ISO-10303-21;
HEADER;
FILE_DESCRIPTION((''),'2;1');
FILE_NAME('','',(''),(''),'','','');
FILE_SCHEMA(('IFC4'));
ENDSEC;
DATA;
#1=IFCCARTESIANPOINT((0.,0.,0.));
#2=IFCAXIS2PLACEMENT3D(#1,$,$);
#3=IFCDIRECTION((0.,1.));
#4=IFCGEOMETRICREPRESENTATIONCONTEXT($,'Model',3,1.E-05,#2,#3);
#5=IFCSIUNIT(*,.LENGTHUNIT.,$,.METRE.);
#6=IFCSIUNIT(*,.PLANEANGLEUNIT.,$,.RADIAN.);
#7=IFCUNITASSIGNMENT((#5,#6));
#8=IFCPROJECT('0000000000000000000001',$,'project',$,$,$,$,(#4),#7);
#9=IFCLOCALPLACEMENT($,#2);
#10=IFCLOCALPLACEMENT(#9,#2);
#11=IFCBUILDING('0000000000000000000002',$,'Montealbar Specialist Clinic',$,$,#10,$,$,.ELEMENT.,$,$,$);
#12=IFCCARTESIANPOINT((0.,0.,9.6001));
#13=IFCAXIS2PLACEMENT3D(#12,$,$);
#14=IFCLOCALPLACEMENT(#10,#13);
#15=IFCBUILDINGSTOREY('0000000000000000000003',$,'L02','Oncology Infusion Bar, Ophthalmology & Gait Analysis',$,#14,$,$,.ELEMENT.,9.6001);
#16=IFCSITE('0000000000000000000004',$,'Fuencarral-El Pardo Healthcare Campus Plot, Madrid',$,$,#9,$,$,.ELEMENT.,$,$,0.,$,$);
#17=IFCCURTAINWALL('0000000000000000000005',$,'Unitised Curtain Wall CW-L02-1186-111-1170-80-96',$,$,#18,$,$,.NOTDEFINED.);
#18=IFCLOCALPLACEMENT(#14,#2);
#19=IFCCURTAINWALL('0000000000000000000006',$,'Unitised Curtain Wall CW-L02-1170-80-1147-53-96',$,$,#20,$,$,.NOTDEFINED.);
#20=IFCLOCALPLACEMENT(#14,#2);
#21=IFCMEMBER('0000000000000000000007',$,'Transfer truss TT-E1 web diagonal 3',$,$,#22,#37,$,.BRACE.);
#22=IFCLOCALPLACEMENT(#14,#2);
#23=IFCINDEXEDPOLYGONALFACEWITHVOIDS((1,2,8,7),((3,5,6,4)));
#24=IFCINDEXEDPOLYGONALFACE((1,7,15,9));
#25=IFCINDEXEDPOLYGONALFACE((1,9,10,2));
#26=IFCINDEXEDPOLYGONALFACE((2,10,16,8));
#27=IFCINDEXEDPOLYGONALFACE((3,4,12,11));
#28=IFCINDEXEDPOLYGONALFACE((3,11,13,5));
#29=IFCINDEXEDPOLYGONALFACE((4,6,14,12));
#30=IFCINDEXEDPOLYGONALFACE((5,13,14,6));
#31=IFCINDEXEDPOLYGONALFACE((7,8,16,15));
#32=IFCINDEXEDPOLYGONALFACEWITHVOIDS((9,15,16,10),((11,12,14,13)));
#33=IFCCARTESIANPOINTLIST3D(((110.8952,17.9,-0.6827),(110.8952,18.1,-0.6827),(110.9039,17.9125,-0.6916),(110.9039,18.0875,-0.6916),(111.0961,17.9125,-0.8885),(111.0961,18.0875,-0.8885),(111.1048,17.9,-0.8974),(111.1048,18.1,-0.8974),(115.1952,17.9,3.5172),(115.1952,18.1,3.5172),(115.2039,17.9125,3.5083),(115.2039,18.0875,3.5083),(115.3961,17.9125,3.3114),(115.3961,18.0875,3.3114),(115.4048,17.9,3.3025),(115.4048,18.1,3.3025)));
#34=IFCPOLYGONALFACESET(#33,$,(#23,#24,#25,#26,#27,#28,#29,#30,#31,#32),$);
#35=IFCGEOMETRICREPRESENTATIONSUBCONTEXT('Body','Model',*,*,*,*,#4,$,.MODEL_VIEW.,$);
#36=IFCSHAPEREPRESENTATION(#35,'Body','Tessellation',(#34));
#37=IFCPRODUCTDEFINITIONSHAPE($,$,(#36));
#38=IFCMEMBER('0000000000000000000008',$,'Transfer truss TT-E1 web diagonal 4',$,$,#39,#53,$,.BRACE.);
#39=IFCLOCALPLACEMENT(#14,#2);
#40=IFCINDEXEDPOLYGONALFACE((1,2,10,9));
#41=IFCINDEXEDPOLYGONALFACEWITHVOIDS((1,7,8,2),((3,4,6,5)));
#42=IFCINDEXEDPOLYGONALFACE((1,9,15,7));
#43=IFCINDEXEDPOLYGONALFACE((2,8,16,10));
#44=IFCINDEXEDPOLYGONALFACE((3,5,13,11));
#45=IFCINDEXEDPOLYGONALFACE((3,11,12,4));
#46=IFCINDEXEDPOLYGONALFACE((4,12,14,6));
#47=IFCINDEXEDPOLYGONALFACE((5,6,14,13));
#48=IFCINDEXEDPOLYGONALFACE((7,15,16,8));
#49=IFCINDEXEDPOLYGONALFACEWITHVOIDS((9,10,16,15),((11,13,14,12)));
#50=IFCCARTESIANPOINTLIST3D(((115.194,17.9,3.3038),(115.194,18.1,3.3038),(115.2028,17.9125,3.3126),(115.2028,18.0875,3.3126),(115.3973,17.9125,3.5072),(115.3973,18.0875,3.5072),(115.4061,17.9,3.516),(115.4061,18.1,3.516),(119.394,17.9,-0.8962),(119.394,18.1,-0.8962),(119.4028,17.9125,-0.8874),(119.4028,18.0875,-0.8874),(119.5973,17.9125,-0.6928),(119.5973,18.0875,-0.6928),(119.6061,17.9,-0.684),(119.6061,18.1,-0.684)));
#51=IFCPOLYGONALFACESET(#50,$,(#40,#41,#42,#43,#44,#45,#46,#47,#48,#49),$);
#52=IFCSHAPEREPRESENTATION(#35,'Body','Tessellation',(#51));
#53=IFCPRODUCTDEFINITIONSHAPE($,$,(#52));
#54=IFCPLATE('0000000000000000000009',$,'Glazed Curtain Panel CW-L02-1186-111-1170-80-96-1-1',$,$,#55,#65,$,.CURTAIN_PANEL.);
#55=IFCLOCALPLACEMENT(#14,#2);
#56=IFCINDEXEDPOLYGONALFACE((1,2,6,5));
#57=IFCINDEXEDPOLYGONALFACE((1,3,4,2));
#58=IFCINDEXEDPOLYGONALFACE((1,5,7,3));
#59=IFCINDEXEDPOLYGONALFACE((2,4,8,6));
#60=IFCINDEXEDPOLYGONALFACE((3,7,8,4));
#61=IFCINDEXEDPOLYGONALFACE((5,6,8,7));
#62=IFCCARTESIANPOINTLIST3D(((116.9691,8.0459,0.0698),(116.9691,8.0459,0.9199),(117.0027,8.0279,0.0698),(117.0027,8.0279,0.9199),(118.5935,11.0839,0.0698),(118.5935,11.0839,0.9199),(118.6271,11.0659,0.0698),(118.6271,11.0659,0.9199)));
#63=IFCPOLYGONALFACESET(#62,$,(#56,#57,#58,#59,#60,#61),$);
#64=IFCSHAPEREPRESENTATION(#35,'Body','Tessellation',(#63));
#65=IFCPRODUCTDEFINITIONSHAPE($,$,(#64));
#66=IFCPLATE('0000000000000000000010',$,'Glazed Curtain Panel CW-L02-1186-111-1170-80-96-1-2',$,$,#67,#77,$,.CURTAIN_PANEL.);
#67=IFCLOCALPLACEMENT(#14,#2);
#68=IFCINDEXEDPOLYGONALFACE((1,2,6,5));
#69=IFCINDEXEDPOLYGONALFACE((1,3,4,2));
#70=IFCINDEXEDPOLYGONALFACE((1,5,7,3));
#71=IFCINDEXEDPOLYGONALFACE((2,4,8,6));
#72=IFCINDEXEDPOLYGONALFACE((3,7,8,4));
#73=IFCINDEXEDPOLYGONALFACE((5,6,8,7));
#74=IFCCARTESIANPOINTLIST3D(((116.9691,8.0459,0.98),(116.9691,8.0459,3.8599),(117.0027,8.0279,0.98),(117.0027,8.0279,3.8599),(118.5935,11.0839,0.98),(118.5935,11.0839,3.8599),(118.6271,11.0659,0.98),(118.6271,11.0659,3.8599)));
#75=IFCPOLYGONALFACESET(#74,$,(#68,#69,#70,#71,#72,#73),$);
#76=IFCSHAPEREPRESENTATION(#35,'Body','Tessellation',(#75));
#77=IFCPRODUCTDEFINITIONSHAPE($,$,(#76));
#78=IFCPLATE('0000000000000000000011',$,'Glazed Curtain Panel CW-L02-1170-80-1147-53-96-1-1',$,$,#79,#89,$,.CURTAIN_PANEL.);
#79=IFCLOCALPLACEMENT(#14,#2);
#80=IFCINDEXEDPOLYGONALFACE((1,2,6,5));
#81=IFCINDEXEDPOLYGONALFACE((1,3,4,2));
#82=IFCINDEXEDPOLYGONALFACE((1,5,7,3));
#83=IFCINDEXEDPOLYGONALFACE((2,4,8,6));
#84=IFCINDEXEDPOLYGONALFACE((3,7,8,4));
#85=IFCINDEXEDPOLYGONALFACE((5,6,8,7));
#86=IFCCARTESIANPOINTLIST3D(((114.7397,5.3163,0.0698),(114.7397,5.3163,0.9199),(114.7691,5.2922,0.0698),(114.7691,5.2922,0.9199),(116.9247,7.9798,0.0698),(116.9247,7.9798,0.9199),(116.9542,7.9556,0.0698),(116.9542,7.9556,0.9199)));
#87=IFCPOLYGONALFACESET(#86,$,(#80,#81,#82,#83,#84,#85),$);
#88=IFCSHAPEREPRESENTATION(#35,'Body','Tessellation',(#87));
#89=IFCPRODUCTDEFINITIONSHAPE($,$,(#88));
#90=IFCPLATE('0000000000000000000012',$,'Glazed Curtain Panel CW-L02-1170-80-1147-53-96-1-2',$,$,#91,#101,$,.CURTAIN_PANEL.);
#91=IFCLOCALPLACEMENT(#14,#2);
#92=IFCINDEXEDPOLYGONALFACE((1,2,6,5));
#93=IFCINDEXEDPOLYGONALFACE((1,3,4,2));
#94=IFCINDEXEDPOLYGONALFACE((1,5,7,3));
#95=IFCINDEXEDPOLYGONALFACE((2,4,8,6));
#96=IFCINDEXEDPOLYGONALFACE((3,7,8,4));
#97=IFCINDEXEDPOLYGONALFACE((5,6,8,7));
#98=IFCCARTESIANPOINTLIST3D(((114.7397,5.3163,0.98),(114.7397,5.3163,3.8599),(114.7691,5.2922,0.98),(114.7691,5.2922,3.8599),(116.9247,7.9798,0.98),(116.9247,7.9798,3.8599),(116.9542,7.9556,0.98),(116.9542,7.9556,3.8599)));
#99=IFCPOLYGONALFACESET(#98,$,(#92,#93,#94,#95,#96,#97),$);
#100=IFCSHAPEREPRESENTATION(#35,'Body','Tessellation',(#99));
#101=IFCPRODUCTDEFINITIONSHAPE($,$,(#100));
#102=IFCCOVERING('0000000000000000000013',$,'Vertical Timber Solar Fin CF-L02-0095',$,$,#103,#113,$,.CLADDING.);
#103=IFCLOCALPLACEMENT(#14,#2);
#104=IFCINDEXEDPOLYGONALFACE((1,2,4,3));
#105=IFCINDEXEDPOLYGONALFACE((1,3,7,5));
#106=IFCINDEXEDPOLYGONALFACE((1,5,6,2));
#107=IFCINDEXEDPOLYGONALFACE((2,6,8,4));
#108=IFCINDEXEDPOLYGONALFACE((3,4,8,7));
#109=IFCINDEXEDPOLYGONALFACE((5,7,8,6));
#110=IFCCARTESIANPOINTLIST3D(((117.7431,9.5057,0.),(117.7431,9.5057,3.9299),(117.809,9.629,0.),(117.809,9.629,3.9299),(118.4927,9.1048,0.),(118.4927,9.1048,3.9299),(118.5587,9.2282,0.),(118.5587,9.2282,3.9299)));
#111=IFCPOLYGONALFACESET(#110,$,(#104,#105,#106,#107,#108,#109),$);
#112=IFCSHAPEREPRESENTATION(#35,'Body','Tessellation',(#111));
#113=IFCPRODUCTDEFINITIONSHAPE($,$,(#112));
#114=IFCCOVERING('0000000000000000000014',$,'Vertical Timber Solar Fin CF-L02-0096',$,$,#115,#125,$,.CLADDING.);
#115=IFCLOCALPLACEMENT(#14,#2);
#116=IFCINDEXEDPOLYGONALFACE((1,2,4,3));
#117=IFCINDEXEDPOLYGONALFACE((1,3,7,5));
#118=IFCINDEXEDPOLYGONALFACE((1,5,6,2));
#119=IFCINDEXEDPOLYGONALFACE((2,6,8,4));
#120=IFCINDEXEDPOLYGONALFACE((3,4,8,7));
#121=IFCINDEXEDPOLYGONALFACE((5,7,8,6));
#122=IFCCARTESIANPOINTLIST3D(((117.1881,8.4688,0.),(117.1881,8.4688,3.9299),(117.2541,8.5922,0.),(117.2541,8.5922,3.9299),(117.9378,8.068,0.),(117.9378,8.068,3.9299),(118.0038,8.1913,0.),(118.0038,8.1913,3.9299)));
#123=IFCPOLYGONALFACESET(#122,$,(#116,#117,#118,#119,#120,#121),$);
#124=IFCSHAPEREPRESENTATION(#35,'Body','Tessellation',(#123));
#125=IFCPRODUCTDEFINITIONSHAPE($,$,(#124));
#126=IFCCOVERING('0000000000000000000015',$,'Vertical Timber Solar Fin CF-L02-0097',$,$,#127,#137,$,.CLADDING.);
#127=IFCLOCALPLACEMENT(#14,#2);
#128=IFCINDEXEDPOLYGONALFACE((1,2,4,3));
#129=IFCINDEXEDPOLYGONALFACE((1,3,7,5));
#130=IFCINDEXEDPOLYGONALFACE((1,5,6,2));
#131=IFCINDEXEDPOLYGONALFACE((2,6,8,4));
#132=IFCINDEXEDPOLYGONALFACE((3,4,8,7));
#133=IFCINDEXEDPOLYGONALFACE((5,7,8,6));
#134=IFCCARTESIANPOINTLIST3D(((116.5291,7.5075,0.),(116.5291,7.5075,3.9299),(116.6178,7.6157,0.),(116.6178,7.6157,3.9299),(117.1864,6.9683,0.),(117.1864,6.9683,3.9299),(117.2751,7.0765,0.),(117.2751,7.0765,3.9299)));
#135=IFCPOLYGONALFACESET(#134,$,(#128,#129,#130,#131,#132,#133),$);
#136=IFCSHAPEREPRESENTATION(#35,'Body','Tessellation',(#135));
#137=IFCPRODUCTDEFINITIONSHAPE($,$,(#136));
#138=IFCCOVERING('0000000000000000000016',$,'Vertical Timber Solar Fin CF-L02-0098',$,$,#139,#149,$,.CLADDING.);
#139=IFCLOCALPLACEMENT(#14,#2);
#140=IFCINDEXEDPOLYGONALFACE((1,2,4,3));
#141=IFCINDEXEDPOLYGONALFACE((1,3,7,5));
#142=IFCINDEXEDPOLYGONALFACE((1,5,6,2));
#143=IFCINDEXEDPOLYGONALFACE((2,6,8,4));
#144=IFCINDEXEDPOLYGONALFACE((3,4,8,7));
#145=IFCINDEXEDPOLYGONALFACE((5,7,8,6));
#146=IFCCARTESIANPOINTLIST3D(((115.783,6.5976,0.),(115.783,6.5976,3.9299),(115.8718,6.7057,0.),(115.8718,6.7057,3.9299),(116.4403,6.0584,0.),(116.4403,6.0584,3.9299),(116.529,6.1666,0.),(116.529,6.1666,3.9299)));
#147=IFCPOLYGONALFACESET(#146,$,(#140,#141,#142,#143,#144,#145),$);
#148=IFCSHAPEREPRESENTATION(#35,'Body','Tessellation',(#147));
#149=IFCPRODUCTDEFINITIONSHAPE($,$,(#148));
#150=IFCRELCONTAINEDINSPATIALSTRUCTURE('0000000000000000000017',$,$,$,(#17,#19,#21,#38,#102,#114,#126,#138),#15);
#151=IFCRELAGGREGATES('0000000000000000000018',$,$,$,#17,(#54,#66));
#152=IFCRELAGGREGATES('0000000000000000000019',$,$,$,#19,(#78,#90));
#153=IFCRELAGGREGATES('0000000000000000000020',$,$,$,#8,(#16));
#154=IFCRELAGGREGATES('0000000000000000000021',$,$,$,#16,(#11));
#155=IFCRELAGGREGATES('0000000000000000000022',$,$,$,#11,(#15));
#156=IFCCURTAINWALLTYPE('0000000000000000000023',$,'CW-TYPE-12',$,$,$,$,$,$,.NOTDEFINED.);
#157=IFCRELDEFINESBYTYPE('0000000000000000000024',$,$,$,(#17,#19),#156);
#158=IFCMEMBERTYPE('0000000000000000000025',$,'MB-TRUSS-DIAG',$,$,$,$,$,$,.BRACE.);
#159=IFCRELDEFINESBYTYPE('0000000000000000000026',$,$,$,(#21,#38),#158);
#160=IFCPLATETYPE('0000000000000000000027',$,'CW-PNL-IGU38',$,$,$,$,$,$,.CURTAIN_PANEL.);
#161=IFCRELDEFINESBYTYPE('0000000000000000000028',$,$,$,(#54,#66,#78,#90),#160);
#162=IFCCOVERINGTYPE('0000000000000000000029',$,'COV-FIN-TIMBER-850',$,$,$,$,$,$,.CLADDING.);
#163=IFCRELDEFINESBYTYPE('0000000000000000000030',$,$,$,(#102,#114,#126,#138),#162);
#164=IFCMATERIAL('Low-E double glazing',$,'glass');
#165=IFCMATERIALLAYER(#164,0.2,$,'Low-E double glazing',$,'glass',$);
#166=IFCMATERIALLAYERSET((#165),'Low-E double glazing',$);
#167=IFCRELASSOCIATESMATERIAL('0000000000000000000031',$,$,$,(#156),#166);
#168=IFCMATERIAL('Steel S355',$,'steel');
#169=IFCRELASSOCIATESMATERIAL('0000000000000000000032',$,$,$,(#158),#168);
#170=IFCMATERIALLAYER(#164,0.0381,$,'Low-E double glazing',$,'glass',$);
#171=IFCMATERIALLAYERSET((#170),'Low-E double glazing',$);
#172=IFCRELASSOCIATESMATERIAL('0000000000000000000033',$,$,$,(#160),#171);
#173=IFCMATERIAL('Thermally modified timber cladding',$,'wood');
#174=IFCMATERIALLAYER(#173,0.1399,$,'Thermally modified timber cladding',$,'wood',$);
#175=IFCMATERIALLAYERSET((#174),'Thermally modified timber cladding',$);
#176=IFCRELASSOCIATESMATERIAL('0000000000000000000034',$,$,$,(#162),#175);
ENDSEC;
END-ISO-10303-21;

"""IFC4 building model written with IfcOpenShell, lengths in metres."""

from ifc_helpers import new_model, si_unit, direction, frame, origin, origin_2d, place, context, subcontext, project, spatial, rectangle, hollow_rectangle, extrude, material, layer, layer_set, material_profile, profile_set, type_object, element, aggregate, save


model = new_model("IFC4")

# Units and contexts
model_context = context("Model", 3, precision=1e-05, world=origin(), true_north=direction((0.0, 1.0)))
body_context = subcontext(model_context, "Body", "Model", "MODEL_VIEW")
ifc_project = project(units=[si_unit("LENGTHUNIT", "METRE"), si_unit("PLANEANGLEUNIT", "RADIAN")], contexts=[model_context])

# Site, building, storey
site_placement = place(None, origin())
site = spatial("IfcSite", under=ifc_project, at=site_placement, Name="Fuencarral-El Pardo Healthcare Campus Plot, Madrid", CompositionType="ELEMENT", RefElevation=0.0)
building_placement = place(site_placement, origin())
building = spatial("IfcBuilding", under=site, at=building_placement, Name="Montealbar Specialist Clinic", CompositionType="ELEMENT")
storey_placement = place(building_placement, frame((0.0, 0.0, 9.6001)))
storey = spatial("IfcBuildingStorey", under=building, at=storey_placement, Name="L02", Description="Oncology Infusion Bar, Ophthalmology & Gait Analysis", CompositionType="ELEMENT", Elevation=9.6001)

# Shared definitions
ifc_material_1 = material(Name="Steel S355", Category="steel")

# Shared definitions
ifc_material_2 = material(Name="Low-E double glazing", Category="glass")
ifc_layer_1 = layer(ifc_material_2, 0.2, Name="Low-E double glazing", Category="glass")
ifc_layer_set_1 = layer_set([ifc_layer_1], Name="Low-E double glazing")
curtain_wall_type = type_object("IfcCurtainWallType", Name="CW-TYPE-12", PredefinedType="NOTDEFINED", material=ifc_layer_set_1)

# Curtain wall
curtain_wall_1_placement = place(storey_placement, origin())
curtain_wall_1 = element("IfcCurtainWall", 1, at=curtain_wall_1_placement, inside=storey, type_object=curtain_wall_type, Name="Unitised Curtain Wall CW-L02-1186-111-1170-80-96", PredefinedType="NOTDEFINED")

# Curtain wall
curtain_wall_2_placement = place(storey_placement, origin())
curtain_wall_2 = element("IfcCurtainWall", 2, at=curtain_wall_2_placement, inside=storey, type_object=curtain_wall_type, Name="Unitised Curtain Wall CW-L02-1170-80-1147-53-96", PredefinedType="NOTDEFINED")

# Members
ifc_material_profile_1 = material_profile(ifc_material_1, hollow_rectangle(XDim=0.2, YDim=0.3, WallThickness=0.0125, at=origin_2d()), Name="RHS 300x200x12.5", Category="steel")
ifc_profile_set_1 = profile_set([ifc_material_profile_1], Name="Steel S355")
member_type_1 = type_object("IfcMemberType", Name="MB-TRUSS-DIAG", PredefinedType="BRACE", material=ifc_profile_set_1)
member_1_placement = place(storey_placement, frame((111.0, 18.0, -0.79), z_axis=(0.715384, 0.0, 0.698731), x_axis=(0.0, 1.0, 0.0)))
element("IfcMember", 3, at=member_1_placement, inside=storey, type_object=member_type_1, Name="Transfer truss TT-E1 web diagonal 3", PredefinedType="BRACE", context=body_context, shape_type="SweptSolid", body=[
    extrude(hollow_rectangle(XDim=0.2, YDim=0.3, WallThickness=0.0125, at=origin_2d()), origin(), (0.0, 0.0, 1.0), 6.0107),
])
member_2_placement = place(storey_placement, frame((115.3, 18.0, 3.4099), z_axis=(0.707107, 0.0, -0.707107), x_axis=(0.0, 1.0, 0.0)))
element("IfcMember", 4, at=member_2_placement, inside=storey, type_object=member_type_1, Name="Transfer truss TT-E1 web diagonal 4", PredefinedType="BRACE", context=body_context, shape_type="SweptSolid", body=[
    extrude(hollow_rectangle(XDim=0.2, YDim=0.3, WallThickness=0.0125, at=origin_2d()), origin(), (0.0, 0.0, 1.0), 5.9397),
])

# Plates
ifc_layer_2 = layer(ifc_material_2, 0.0381, Name="Low-E double glazing", Category="glass")
ifc_layer_set_2 = layer_set([ifc_layer_2], Name="Low-E double glazing")
plate_type = type_object("IfcPlateType", Name="CW-PNL-IGU38", PredefinedType="CURTAIN_PANEL", material=ifc_layer_set_2)
plate_1_placement = place(storey_placement, frame((117.7981, 9.5559, 0.0698), z_axis=(0.0, 0.0, 1.0), x_axis=(-0.471529, -0.88185, 0.0)))
plate_1 = element("IfcPlate", 5, at=plate_1_placement, type_object=plate_type, Name="Glazed Curtain Panel CW-L02-1186-111-1170-80-96-1-1", PredefinedType="CURTAIN_PANEL", context=body_context, shape_type="SweptSolid", body=[
    extrude(rectangle(XDim=3.4451, YDim=0.0381, at=origin_2d()), origin(), (0.0, 0.0, 1.0), 0.8501),
])
plate_2_placement = place(storey_placement, frame((117.7981, 9.5559, 0.98), z_axis=(0.0, 0.0, 1.0), x_axis=(-0.471529, -0.88185, 0.0)))
plate_2 = element("IfcPlate", 6, at=plate_2_placement, type_object=plate_type, Name="Glazed Curtain Panel CW-L02-1186-111-1170-80-96-1-2", PredefinedType="CURTAIN_PANEL", context=body_context, shape_type="SweptSolid", body=[
    extrude(rectangle(XDim=3.4451, YDim=0.0381, at=origin_2d()), origin(), (0.0, 0.0, 1.0), 2.8799),
])
aggregate(curtain_wall_1, [plate_1, plate_2])
plate_3_placement = place(storey_placement, frame((115.8469, 6.636, 0.0698), z_axis=(0.0, 0.0, 1.0), x_axis=(-0.634256, -0.773123, 0.0)))
plate_3 = element("IfcPlate", 7, at=plate_3_placement, type_object=plate_type, Name="Glazed Curtain Panel CW-L02-1170-80-1147-53-96-1-1", PredefinedType="CURTAIN_PANEL", context=body_context, shape_type="SweptSolid", body=[
    extrude(rectangle(XDim=3.4451, YDim=0.0381, at=origin_2d()), origin(), (0.0, 0.0, 1.0), 0.8501),
])
plate_4_placement = place(storey_placement, frame((115.8469, 6.636, 0.98), z_axis=(0.0, 0.0, 1.0), x_axis=(-0.634256, -0.773123, 0.0)))
plate_4 = element("IfcPlate", 8, at=plate_4_placement, type_object=plate_type, Name="Glazed Curtain Panel CW-L02-1170-80-1147-53-96-1-2", PredefinedType="CURTAIN_PANEL", context=body_context, shape_type="SweptSolid", body=[
    extrude(rectangle(XDim=3.4451, YDim=0.0381, at=origin_2d()), origin(), (0.0, 0.0, 1.0), 2.8799),
])
aggregate(curtain_wall_2, [plate_3, plate_4])

# Coverings
ifc_material_3 = material(Name="Thermally modified timber cladding", Category="wood")
ifc_layer_3 = layer(ifc_material_3, 0.1399, Name="Thermally modified timber cladding", Category="wood")
ifc_layer_set_3 = layer_set([ifc_layer_3], Name="Thermally modified timber cladding")
covering_type = type_object("IfcCoveringType", Name="COV-FIN-TIMBER-850", PredefinedType="CLADDING", material=ifc_layer_set_3)
for number, where, z_axis, x_axis, name in (
    (9, (118.1509, 9.3669, 0.0), (0.0, 0.0, 1.0), (0.88185, -0.471529, 0.0), "Vertical Timber Solar Fin CF-L02-0095"),
    (10, (117.5959, 8.3301, 0.0), (0.0, 0.0, 1.0), (0.88185, -0.471529, 0.0), "Vertical Timber Solar Fin CF-L02-0096"),
    (11, (116.9021, 7.292, 0.0), (0.0, 0.0, 1.0), (0.773123, -0.634256, 0.0), "Vertical Timber Solar Fin CF-L02-0097"),
    (12, (116.156, 6.3821, 0.0), (0.0, 0.0, 1.0), (0.773123, -0.634256, 0.0), "Vertical Timber Solar Fin CF-L02-0098"),
):
    element("IfcCovering", number, at=place(storey_placement, frame(where, z_axis=z_axis, x_axis=x_axis)), inside=storey, type_object=covering_type, Name=name, PredefinedType="CLADDING", context=body_context, shape_type="SweptSolid", body=[
        extrude(rectangle(XDim=0.8501, YDim=0.1399, at=origin_2d()), origin(), (0.0, 0.0, 1.0), 3.9299),
    ])

save(model, "model.ifc")
